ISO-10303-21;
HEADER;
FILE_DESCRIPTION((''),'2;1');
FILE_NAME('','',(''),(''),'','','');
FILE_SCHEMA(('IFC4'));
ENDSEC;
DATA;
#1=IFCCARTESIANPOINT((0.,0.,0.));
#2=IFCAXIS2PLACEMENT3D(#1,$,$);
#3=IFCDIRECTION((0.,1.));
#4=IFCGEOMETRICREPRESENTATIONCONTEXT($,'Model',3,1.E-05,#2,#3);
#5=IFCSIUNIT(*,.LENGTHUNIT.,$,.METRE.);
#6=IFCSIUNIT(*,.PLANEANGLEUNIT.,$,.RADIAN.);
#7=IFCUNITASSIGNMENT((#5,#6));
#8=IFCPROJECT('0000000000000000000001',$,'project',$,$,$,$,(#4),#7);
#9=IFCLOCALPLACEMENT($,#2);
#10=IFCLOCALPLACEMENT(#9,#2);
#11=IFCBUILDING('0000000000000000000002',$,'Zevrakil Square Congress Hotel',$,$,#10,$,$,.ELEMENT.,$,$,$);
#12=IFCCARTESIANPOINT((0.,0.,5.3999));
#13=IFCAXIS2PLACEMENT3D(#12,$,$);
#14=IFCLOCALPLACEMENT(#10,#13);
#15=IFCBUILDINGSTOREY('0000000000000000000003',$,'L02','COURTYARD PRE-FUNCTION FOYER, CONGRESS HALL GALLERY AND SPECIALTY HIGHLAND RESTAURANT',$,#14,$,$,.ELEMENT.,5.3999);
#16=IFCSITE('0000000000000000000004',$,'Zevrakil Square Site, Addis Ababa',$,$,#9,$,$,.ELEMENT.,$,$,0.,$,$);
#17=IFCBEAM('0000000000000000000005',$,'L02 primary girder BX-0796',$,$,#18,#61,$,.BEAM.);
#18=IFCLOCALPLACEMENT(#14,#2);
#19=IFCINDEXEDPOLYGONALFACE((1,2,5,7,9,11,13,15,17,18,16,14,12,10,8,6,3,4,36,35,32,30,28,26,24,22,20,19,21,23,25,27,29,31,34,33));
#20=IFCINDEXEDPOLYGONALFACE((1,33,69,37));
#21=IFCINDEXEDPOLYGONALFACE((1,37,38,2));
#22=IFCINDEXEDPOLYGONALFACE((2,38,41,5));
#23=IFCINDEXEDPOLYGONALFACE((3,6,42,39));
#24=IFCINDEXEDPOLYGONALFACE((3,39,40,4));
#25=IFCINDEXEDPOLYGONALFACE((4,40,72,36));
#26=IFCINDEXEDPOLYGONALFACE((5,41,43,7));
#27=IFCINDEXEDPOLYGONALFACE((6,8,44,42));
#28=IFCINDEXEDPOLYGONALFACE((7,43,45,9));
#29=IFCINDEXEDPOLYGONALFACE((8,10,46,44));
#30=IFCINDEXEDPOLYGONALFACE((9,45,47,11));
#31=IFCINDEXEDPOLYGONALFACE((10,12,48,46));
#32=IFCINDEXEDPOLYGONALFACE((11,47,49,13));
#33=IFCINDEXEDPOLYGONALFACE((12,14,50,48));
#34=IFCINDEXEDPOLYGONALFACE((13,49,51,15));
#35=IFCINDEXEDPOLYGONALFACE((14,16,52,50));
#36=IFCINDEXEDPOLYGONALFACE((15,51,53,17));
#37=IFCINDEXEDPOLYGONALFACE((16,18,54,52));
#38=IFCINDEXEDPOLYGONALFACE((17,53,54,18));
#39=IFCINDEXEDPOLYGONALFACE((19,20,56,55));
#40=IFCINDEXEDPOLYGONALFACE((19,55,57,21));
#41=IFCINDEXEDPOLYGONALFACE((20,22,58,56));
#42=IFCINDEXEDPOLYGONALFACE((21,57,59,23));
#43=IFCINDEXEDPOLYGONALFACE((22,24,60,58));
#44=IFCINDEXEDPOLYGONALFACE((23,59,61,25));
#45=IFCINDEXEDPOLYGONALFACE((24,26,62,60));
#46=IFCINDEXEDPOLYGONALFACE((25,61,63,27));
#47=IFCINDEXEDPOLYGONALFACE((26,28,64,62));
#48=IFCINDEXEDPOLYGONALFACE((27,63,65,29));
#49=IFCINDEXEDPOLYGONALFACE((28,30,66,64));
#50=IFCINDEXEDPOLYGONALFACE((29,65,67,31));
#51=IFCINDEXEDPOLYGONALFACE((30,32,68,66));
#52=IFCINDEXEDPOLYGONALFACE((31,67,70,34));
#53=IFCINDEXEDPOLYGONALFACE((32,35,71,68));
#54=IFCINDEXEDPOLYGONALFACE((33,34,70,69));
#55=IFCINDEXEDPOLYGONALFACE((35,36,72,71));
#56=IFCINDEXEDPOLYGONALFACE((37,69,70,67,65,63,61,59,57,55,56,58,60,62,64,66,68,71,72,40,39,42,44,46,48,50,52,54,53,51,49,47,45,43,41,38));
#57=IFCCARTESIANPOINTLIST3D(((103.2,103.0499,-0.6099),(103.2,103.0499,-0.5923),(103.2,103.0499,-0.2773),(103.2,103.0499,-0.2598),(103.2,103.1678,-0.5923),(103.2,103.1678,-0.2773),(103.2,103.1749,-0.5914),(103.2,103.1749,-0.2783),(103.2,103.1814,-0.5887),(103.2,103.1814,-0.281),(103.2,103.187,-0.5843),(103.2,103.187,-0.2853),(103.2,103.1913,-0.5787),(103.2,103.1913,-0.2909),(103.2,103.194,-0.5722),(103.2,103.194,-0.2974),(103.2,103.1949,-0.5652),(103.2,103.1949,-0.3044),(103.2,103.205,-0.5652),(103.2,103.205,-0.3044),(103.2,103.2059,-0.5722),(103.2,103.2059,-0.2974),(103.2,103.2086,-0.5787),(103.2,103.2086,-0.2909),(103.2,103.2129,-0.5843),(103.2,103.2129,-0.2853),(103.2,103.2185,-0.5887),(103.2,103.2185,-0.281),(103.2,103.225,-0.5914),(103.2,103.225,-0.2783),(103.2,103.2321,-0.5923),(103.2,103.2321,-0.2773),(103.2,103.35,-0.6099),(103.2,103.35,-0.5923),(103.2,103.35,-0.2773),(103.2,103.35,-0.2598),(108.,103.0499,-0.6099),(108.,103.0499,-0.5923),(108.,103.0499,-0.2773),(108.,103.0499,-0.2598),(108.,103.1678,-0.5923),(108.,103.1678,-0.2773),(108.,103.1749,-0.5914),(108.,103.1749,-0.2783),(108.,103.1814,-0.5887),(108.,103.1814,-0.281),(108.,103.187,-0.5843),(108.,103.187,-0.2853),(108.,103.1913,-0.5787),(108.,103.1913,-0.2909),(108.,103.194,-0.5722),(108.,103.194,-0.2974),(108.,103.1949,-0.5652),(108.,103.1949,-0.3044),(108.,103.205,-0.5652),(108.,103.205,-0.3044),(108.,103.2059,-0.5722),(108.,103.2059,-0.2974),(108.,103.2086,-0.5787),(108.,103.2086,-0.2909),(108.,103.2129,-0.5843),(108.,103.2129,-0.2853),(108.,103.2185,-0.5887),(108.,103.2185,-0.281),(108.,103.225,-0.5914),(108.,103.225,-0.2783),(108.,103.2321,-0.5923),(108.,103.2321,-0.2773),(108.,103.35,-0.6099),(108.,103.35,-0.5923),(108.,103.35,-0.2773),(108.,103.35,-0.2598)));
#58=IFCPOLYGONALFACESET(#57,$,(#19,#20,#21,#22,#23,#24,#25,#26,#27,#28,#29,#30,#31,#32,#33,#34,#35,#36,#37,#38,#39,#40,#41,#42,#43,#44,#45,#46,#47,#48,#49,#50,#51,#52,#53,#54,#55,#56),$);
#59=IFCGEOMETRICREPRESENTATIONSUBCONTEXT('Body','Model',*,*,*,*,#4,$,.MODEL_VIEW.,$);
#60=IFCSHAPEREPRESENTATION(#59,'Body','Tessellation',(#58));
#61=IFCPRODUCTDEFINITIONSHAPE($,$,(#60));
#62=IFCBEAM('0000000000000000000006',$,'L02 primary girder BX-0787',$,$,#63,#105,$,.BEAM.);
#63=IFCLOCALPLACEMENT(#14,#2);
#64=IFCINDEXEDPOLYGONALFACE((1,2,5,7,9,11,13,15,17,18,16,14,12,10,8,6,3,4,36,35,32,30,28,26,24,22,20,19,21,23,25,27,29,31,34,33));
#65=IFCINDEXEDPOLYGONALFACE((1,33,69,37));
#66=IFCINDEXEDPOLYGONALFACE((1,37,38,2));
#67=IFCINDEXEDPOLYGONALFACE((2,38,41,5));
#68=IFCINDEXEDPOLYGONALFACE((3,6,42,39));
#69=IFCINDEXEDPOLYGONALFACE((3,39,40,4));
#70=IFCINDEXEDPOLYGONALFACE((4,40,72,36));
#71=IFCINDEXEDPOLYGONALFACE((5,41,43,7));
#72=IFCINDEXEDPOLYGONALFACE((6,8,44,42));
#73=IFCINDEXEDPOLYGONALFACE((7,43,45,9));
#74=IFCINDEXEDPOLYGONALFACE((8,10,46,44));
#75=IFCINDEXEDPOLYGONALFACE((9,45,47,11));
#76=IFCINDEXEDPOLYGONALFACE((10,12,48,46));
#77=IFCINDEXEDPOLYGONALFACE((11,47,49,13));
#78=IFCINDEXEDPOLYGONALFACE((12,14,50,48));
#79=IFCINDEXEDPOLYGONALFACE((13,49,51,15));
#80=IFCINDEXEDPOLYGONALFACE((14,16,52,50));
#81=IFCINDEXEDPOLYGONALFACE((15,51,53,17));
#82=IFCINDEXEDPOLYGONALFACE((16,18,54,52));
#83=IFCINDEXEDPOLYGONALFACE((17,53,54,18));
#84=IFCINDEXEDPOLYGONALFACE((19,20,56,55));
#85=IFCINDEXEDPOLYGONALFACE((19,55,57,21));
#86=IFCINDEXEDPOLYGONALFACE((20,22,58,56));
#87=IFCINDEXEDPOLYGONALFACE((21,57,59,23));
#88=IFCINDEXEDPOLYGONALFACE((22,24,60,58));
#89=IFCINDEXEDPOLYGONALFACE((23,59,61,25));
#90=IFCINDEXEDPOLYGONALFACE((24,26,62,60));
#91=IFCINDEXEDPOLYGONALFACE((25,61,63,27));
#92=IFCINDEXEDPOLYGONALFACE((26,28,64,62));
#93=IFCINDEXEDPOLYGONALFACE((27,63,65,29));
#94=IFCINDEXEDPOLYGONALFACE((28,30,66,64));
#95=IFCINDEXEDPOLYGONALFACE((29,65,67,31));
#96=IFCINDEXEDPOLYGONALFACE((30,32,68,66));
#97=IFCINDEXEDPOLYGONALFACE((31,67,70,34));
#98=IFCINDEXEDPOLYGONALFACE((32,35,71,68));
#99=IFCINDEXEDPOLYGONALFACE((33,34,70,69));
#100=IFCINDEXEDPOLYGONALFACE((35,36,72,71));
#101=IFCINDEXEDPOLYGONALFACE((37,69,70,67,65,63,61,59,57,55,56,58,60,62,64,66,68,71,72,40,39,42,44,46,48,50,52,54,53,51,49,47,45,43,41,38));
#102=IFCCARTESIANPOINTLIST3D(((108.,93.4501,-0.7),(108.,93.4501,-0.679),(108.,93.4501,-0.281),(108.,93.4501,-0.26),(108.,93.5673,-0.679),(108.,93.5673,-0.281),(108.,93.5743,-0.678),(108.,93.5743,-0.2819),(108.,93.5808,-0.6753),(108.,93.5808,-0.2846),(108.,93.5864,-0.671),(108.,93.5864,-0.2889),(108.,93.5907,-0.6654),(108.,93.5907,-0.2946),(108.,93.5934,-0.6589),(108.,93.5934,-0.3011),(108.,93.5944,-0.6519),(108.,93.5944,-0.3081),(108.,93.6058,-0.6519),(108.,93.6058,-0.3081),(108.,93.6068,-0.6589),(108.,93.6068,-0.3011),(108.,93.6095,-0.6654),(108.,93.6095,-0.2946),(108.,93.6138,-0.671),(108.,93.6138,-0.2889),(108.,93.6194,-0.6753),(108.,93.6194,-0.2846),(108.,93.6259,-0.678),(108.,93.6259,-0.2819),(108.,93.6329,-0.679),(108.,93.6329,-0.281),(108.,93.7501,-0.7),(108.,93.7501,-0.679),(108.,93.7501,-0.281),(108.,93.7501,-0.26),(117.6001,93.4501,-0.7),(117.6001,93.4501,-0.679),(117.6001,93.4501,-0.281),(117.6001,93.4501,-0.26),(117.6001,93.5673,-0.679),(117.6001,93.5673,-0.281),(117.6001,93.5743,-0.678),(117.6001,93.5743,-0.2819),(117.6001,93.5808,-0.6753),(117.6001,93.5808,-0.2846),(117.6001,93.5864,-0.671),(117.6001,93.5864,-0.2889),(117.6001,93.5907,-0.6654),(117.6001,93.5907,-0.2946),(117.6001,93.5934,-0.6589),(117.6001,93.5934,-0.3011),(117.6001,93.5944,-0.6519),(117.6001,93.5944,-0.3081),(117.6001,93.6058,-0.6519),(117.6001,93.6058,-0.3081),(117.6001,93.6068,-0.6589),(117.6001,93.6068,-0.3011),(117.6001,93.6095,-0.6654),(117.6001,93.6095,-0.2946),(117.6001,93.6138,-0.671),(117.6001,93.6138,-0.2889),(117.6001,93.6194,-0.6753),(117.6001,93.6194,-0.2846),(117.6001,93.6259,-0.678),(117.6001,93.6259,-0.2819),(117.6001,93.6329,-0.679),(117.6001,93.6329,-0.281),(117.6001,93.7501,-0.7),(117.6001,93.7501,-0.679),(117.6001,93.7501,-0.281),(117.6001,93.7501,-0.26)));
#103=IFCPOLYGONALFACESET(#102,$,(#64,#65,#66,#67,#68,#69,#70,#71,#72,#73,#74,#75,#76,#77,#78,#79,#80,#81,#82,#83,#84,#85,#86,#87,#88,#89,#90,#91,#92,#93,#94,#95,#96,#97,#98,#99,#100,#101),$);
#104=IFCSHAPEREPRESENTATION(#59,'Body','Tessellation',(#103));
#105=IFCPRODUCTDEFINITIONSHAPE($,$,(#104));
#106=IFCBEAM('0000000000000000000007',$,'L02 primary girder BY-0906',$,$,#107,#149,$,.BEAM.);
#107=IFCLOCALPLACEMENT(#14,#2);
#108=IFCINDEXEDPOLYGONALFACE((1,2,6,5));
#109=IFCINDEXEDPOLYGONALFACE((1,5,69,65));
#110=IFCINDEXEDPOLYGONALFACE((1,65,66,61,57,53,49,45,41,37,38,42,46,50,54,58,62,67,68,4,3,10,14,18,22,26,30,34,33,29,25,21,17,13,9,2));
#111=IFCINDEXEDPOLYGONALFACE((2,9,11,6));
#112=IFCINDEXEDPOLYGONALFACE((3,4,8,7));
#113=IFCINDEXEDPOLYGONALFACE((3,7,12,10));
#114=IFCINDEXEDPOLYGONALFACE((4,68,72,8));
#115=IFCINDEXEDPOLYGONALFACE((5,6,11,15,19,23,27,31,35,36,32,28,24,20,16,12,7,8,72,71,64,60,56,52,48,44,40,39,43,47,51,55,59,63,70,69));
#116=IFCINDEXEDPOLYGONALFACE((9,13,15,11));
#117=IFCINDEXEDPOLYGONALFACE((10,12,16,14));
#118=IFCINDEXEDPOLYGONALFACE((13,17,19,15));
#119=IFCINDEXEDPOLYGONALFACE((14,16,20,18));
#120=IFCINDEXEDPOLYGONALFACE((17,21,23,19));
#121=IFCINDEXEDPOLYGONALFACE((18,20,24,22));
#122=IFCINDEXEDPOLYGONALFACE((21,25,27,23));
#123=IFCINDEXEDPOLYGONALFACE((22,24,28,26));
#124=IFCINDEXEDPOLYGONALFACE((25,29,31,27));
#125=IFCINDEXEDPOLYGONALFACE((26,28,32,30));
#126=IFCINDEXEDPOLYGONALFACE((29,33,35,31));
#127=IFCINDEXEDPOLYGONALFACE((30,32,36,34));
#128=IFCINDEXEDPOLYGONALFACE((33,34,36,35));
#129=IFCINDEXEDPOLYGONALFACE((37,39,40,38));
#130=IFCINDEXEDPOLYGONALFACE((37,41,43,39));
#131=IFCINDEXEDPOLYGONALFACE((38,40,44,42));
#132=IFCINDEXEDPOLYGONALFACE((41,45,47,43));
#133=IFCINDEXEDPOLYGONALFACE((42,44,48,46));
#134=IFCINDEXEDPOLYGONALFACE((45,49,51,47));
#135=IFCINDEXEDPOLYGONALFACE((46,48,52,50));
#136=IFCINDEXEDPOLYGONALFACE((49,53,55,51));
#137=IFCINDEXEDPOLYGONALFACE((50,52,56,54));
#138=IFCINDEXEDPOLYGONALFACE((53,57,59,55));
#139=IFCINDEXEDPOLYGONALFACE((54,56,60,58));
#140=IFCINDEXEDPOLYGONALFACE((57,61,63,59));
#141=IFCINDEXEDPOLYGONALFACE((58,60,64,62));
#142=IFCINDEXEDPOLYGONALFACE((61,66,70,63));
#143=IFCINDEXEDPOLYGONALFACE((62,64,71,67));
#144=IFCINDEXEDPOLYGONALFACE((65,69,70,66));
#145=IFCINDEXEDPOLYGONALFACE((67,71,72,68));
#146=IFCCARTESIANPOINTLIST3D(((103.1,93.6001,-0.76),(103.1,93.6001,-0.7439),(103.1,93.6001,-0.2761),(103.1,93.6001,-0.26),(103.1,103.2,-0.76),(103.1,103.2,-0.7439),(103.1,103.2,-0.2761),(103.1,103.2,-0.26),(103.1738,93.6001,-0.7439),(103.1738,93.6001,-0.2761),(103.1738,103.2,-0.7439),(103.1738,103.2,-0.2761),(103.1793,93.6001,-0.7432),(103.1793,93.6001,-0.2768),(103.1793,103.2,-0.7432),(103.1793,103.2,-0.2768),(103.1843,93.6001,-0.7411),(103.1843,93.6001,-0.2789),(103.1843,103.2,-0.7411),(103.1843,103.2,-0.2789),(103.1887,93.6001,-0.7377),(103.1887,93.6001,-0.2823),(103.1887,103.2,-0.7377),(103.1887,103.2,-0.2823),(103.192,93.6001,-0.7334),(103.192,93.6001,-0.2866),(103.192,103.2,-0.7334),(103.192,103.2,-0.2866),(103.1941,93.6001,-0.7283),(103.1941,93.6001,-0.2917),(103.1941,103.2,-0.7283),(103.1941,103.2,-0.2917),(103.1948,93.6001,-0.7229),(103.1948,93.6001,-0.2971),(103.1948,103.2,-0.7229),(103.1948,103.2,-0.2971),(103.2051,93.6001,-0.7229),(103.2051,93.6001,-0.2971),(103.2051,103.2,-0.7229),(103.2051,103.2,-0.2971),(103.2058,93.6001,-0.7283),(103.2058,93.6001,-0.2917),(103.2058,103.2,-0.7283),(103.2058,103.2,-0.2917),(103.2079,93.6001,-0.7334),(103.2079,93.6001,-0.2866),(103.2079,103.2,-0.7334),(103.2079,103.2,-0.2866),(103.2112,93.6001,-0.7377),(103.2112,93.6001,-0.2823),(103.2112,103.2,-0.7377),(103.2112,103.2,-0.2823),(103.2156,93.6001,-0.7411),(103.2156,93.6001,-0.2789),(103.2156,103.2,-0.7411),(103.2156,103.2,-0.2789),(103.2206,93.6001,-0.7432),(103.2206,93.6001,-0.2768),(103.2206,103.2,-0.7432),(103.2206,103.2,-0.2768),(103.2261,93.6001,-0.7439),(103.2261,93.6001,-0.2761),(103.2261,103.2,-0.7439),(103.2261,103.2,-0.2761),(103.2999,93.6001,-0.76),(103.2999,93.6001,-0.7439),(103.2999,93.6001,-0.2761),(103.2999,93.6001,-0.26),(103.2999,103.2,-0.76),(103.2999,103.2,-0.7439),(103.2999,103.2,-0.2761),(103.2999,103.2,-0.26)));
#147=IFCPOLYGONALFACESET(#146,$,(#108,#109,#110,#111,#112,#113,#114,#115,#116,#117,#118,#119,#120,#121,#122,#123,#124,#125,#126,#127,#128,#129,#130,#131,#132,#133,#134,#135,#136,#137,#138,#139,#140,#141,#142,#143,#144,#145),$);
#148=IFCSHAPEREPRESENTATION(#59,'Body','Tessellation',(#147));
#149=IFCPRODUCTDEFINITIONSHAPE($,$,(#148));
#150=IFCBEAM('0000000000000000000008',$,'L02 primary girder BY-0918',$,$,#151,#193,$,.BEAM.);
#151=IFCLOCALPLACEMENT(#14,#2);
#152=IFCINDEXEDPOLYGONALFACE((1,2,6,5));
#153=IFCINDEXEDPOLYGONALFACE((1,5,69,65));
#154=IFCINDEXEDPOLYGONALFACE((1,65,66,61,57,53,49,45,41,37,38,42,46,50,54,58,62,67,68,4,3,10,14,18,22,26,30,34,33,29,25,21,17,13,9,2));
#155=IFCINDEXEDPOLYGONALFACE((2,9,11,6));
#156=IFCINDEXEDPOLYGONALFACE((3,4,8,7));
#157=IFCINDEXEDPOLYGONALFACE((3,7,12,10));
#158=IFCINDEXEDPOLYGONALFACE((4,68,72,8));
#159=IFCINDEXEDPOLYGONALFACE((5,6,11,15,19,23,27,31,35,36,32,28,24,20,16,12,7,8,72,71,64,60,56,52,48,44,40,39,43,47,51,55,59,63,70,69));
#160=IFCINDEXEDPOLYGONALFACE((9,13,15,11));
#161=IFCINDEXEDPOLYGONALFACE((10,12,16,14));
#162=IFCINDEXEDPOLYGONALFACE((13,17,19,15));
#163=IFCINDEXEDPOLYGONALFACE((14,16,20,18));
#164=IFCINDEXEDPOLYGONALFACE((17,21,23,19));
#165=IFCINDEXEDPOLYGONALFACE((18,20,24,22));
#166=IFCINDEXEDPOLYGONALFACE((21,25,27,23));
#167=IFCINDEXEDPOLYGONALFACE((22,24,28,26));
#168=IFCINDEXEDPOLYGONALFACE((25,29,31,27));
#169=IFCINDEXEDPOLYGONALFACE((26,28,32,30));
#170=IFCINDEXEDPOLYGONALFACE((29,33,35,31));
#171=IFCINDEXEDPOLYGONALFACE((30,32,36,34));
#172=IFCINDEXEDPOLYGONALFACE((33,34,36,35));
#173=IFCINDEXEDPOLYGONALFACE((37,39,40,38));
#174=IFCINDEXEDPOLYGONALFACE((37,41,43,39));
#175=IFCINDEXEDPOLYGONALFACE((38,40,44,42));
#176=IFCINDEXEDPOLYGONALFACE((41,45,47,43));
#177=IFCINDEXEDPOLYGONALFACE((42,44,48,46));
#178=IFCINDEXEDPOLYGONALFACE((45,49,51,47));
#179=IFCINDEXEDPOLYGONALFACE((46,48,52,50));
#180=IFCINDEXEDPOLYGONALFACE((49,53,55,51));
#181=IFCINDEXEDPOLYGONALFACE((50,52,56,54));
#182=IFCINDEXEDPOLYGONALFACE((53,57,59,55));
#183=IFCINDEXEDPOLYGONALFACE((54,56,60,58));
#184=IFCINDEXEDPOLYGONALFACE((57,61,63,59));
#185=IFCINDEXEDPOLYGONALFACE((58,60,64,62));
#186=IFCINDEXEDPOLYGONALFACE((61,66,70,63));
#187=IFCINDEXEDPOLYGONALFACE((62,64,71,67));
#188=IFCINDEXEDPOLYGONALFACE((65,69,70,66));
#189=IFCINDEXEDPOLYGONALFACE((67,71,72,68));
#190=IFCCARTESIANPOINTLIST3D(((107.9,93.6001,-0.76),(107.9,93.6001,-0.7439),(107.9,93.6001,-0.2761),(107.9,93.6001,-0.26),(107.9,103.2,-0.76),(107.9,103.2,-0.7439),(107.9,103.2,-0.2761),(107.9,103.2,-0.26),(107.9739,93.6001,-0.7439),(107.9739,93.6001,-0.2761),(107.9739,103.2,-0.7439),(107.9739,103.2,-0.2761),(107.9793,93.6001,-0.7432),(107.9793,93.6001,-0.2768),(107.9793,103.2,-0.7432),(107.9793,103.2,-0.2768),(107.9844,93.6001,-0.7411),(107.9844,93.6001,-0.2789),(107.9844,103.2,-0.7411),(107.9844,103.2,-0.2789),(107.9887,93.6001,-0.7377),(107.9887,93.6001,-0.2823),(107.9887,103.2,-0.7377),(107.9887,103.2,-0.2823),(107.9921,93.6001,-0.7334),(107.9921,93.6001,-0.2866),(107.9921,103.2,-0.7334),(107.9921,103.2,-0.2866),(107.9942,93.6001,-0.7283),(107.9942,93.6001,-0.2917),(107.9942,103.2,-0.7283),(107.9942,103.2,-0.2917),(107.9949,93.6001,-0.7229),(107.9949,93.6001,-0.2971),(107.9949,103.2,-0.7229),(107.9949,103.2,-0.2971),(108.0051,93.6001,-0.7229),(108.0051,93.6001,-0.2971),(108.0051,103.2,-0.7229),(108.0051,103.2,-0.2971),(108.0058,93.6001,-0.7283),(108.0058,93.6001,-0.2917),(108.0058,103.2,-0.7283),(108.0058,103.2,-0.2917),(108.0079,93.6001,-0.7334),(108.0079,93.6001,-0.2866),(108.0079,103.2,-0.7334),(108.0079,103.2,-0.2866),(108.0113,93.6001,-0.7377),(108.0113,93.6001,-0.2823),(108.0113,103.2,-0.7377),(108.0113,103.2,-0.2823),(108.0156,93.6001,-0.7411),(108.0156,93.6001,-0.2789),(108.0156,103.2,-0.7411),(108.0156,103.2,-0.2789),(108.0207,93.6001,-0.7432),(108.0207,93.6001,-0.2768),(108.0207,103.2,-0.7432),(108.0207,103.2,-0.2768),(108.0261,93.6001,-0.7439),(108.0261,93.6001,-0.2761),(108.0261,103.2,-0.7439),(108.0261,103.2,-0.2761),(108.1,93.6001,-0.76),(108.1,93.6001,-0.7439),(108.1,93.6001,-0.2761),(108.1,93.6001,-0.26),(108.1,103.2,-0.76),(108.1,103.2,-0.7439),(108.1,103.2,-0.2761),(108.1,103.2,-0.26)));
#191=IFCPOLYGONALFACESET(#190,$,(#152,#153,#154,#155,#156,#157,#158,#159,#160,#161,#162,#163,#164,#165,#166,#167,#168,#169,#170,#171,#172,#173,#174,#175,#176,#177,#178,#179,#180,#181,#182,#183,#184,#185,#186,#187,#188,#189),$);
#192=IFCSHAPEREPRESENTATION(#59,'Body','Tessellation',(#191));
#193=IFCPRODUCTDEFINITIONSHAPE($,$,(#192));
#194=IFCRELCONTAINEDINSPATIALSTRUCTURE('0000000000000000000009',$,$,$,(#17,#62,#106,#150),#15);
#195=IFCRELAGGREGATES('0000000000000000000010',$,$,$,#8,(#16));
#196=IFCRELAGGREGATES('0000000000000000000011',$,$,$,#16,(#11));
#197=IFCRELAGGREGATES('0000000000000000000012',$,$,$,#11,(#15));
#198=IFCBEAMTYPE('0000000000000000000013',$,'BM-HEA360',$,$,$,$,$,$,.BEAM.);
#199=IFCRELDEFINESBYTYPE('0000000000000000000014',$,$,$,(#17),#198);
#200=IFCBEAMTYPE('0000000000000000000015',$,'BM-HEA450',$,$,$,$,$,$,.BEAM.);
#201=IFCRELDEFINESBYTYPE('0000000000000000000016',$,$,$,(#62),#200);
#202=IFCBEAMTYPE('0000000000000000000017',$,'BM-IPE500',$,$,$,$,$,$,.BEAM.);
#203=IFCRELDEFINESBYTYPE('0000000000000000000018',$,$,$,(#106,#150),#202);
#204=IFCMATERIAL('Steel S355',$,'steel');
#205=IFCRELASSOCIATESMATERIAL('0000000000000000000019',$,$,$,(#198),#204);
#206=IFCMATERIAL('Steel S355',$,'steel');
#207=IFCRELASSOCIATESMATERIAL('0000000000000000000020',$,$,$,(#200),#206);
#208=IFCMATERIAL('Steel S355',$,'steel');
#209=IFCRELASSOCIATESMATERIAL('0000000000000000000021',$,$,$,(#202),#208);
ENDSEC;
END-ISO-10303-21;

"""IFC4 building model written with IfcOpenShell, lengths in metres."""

from ifc_helpers import new_model, si_unit, direction, frame, origin, origin_2d, place, context, subcontext, project, spatial, i_section, extrude, material, material_profile, profile_set, type_object, element, save


model = new_model("IFC4")

# Units and contexts
model_context = context("Model", 3, precision=1e-05, world=origin(), true_north=direction((0.0, 1.0)))
body_context = subcontext(model_context, "Body", "Model", "MODEL_VIEW")
ifc_project = project(units=[si_unit("LENGTHUNIT", "METRE"), si_unit("PLANEANGLEUNIT", "RADIAN")], contexts=[model_context])

# Site, building, storey
site_placement = place(None, origin())
site = spatial("IfcSite", under=ifc_project, at=site_placement, Name="Zevrakil Square Site, Addis Ababa", CompositionType="ELEMENT", RefElevation=0.0)
building_placement = place(site_placement, origin())
building = spatial("IfcBuilding", under=site, at=building_placement, Name="Zevrakil Square Congress Hotel", CompositionType="ELEMENT")
storey_placement = place(building_placement, frame((0.0, 0.0, 5.3999)))
storey = spatial("IfcBuildingStorey", under=building, at=storey_placement, Name="L02", Description="COURTYARD PRE-FUNCTION FOYER, CONGRESS HALL GALLERY AND SPECIALTY HIGHLAND RESTAURANT", CompositionType="ELEMENT", Elevation=5.3999)

# Beams
ifc_material_1 = material(Name="Steel S355", Category="steel")
ifc_material_profile_1 = material_profile(ifc_material_1, i_section(OverallWidth=0.3, OverallDepth=0.3501, WebThickness=0.01, FlangeThickness=0.0176, FilletRadius=0.0271, at=origin_2d()), Name="HEA 360")
ifc_profile_set_1 = profile_set([ifc_material_profile_1], Name="Steel S355")
beam_type_1 = type_object("IfcBeamType", Name="BM-HEA360", PredefinedType="BEAM", material=ifc_profile_set_1)
for number, where, z_axis, x_axis, name in (
    (1, (103.2, 103.2, -0.4348), (1.0, 0.0, 0.0), (0.0, 1.0, 0.0), "L02 primary girder BX-0796"),
):
    element("IfcBeam", number, at=place(storey_placement, frame(where, z_axis=z_axis, x_axis=x_axis)), inside=storey, type_object=beam_type_1, Name=name, PredefinedType="BEAM", context=body_context, shape_type="SweptSolid", body=[
        extrude(i_section(OverallWidth=0.3, OverallDepth=0.3501, WebThickness=0.01, FlangeThickness=0.0176, FilletRadius=0.0271, at=origin_2d()), origin(), (0.0, 0.0, 1.0), 4.8),
    ])
ifc_material_2 = material(Name="Steel S355", Category="steel")
ifc_material_profile_2 = material_profile(ifc_material_2, i_section(OverallWidth=0.3, OverallDepth=0.4399, WebThickness=0.0115, FlangeThickness=0.021, FilletRadius=0.0271, at=origin_2d()), Name="HEA 450")
ifc_profile_set_2 = profile_set([ifc_material_profile_2], Name="Steel S355")
beam_type_2 = type_object("IfcBeamType", Name="BM-HEA450", PredefinedType="BEAM", material=ifc_profile_set_2)
beam_placement = place(storey_placement, frame((108.0, 93.6001, -0.48), z_axis=(1.0, 0.0, 0.0), x_axis=(0.0, 1.0, 0.0)))
element("IfcBeam", 2, at=beam_placement, inside=storey, type_object=beam_type_2, Name="L02 primary girder BX-0787", PredefinedType="BEAM", context=body_context, shape_type="SweptSolid", body=[
    extrude(i_section(OverallWidth=0.3, OverallDepth=0.4399, WebThickness=0.0115, FlangeThickness=0.021, FilletRadius=0.0271, at=origin_2d()), origin(), (0.0, 0.0, 1.0), 9.6001),
])
ifc_material_3 = material(Name="Steel S355", Category="steel")
ifc_material_profile_3 = material_profile(ifc_material_3, i_section(OverallWidth=0.2, OverallDepth=0.5, WebThickness=0.0103, FlangeThickness=0.0161, FilletRadius=0.021, at=origin_2d()), Name="IPE 500")
ifc_profile_set_3 = profile_set([ifc_material_profile_3], Name="Steel S355")
beam_type_3 = type_object("IfcBeamType", Name="BM-IPE500", PredefinedType="BEAM", material=ifc_profile_set_3)
for number, where, z_axis, x_axis, name in (
    (3, (103.2, 93.6001, -0.51), (0.0, 1.0, 0.0), (-1.0, 0.0, 0.0), "L02 primary girder BY-0906"),
    (4, (108.0, 93.6001, -0.51), (0.0, 1.0, 0.0), (-1.0, 0.0, 0.0), "L02 primary girder BY-0918"),
):
    element("IfcBeam", number, at=place(storey_placement, frame(where, z_axis=z_axis, x_axis=x_axis)), inside=storey, type_object=beam_type_3, Name=name, PredefinedType="BEAM", context=body_context, shape_type="SweptSolid", body=[
        extrude(i_section(OverallWidth=0.2, OverallDepth=0.5, WebThickness=0.0103, FlangeThickness=0.0161, FilletRadius=0.021, at=origin_2d()), origin(), (0.0, 0.0, 1.0), 9.5999),
    ])

save(model, "model.ifc")
